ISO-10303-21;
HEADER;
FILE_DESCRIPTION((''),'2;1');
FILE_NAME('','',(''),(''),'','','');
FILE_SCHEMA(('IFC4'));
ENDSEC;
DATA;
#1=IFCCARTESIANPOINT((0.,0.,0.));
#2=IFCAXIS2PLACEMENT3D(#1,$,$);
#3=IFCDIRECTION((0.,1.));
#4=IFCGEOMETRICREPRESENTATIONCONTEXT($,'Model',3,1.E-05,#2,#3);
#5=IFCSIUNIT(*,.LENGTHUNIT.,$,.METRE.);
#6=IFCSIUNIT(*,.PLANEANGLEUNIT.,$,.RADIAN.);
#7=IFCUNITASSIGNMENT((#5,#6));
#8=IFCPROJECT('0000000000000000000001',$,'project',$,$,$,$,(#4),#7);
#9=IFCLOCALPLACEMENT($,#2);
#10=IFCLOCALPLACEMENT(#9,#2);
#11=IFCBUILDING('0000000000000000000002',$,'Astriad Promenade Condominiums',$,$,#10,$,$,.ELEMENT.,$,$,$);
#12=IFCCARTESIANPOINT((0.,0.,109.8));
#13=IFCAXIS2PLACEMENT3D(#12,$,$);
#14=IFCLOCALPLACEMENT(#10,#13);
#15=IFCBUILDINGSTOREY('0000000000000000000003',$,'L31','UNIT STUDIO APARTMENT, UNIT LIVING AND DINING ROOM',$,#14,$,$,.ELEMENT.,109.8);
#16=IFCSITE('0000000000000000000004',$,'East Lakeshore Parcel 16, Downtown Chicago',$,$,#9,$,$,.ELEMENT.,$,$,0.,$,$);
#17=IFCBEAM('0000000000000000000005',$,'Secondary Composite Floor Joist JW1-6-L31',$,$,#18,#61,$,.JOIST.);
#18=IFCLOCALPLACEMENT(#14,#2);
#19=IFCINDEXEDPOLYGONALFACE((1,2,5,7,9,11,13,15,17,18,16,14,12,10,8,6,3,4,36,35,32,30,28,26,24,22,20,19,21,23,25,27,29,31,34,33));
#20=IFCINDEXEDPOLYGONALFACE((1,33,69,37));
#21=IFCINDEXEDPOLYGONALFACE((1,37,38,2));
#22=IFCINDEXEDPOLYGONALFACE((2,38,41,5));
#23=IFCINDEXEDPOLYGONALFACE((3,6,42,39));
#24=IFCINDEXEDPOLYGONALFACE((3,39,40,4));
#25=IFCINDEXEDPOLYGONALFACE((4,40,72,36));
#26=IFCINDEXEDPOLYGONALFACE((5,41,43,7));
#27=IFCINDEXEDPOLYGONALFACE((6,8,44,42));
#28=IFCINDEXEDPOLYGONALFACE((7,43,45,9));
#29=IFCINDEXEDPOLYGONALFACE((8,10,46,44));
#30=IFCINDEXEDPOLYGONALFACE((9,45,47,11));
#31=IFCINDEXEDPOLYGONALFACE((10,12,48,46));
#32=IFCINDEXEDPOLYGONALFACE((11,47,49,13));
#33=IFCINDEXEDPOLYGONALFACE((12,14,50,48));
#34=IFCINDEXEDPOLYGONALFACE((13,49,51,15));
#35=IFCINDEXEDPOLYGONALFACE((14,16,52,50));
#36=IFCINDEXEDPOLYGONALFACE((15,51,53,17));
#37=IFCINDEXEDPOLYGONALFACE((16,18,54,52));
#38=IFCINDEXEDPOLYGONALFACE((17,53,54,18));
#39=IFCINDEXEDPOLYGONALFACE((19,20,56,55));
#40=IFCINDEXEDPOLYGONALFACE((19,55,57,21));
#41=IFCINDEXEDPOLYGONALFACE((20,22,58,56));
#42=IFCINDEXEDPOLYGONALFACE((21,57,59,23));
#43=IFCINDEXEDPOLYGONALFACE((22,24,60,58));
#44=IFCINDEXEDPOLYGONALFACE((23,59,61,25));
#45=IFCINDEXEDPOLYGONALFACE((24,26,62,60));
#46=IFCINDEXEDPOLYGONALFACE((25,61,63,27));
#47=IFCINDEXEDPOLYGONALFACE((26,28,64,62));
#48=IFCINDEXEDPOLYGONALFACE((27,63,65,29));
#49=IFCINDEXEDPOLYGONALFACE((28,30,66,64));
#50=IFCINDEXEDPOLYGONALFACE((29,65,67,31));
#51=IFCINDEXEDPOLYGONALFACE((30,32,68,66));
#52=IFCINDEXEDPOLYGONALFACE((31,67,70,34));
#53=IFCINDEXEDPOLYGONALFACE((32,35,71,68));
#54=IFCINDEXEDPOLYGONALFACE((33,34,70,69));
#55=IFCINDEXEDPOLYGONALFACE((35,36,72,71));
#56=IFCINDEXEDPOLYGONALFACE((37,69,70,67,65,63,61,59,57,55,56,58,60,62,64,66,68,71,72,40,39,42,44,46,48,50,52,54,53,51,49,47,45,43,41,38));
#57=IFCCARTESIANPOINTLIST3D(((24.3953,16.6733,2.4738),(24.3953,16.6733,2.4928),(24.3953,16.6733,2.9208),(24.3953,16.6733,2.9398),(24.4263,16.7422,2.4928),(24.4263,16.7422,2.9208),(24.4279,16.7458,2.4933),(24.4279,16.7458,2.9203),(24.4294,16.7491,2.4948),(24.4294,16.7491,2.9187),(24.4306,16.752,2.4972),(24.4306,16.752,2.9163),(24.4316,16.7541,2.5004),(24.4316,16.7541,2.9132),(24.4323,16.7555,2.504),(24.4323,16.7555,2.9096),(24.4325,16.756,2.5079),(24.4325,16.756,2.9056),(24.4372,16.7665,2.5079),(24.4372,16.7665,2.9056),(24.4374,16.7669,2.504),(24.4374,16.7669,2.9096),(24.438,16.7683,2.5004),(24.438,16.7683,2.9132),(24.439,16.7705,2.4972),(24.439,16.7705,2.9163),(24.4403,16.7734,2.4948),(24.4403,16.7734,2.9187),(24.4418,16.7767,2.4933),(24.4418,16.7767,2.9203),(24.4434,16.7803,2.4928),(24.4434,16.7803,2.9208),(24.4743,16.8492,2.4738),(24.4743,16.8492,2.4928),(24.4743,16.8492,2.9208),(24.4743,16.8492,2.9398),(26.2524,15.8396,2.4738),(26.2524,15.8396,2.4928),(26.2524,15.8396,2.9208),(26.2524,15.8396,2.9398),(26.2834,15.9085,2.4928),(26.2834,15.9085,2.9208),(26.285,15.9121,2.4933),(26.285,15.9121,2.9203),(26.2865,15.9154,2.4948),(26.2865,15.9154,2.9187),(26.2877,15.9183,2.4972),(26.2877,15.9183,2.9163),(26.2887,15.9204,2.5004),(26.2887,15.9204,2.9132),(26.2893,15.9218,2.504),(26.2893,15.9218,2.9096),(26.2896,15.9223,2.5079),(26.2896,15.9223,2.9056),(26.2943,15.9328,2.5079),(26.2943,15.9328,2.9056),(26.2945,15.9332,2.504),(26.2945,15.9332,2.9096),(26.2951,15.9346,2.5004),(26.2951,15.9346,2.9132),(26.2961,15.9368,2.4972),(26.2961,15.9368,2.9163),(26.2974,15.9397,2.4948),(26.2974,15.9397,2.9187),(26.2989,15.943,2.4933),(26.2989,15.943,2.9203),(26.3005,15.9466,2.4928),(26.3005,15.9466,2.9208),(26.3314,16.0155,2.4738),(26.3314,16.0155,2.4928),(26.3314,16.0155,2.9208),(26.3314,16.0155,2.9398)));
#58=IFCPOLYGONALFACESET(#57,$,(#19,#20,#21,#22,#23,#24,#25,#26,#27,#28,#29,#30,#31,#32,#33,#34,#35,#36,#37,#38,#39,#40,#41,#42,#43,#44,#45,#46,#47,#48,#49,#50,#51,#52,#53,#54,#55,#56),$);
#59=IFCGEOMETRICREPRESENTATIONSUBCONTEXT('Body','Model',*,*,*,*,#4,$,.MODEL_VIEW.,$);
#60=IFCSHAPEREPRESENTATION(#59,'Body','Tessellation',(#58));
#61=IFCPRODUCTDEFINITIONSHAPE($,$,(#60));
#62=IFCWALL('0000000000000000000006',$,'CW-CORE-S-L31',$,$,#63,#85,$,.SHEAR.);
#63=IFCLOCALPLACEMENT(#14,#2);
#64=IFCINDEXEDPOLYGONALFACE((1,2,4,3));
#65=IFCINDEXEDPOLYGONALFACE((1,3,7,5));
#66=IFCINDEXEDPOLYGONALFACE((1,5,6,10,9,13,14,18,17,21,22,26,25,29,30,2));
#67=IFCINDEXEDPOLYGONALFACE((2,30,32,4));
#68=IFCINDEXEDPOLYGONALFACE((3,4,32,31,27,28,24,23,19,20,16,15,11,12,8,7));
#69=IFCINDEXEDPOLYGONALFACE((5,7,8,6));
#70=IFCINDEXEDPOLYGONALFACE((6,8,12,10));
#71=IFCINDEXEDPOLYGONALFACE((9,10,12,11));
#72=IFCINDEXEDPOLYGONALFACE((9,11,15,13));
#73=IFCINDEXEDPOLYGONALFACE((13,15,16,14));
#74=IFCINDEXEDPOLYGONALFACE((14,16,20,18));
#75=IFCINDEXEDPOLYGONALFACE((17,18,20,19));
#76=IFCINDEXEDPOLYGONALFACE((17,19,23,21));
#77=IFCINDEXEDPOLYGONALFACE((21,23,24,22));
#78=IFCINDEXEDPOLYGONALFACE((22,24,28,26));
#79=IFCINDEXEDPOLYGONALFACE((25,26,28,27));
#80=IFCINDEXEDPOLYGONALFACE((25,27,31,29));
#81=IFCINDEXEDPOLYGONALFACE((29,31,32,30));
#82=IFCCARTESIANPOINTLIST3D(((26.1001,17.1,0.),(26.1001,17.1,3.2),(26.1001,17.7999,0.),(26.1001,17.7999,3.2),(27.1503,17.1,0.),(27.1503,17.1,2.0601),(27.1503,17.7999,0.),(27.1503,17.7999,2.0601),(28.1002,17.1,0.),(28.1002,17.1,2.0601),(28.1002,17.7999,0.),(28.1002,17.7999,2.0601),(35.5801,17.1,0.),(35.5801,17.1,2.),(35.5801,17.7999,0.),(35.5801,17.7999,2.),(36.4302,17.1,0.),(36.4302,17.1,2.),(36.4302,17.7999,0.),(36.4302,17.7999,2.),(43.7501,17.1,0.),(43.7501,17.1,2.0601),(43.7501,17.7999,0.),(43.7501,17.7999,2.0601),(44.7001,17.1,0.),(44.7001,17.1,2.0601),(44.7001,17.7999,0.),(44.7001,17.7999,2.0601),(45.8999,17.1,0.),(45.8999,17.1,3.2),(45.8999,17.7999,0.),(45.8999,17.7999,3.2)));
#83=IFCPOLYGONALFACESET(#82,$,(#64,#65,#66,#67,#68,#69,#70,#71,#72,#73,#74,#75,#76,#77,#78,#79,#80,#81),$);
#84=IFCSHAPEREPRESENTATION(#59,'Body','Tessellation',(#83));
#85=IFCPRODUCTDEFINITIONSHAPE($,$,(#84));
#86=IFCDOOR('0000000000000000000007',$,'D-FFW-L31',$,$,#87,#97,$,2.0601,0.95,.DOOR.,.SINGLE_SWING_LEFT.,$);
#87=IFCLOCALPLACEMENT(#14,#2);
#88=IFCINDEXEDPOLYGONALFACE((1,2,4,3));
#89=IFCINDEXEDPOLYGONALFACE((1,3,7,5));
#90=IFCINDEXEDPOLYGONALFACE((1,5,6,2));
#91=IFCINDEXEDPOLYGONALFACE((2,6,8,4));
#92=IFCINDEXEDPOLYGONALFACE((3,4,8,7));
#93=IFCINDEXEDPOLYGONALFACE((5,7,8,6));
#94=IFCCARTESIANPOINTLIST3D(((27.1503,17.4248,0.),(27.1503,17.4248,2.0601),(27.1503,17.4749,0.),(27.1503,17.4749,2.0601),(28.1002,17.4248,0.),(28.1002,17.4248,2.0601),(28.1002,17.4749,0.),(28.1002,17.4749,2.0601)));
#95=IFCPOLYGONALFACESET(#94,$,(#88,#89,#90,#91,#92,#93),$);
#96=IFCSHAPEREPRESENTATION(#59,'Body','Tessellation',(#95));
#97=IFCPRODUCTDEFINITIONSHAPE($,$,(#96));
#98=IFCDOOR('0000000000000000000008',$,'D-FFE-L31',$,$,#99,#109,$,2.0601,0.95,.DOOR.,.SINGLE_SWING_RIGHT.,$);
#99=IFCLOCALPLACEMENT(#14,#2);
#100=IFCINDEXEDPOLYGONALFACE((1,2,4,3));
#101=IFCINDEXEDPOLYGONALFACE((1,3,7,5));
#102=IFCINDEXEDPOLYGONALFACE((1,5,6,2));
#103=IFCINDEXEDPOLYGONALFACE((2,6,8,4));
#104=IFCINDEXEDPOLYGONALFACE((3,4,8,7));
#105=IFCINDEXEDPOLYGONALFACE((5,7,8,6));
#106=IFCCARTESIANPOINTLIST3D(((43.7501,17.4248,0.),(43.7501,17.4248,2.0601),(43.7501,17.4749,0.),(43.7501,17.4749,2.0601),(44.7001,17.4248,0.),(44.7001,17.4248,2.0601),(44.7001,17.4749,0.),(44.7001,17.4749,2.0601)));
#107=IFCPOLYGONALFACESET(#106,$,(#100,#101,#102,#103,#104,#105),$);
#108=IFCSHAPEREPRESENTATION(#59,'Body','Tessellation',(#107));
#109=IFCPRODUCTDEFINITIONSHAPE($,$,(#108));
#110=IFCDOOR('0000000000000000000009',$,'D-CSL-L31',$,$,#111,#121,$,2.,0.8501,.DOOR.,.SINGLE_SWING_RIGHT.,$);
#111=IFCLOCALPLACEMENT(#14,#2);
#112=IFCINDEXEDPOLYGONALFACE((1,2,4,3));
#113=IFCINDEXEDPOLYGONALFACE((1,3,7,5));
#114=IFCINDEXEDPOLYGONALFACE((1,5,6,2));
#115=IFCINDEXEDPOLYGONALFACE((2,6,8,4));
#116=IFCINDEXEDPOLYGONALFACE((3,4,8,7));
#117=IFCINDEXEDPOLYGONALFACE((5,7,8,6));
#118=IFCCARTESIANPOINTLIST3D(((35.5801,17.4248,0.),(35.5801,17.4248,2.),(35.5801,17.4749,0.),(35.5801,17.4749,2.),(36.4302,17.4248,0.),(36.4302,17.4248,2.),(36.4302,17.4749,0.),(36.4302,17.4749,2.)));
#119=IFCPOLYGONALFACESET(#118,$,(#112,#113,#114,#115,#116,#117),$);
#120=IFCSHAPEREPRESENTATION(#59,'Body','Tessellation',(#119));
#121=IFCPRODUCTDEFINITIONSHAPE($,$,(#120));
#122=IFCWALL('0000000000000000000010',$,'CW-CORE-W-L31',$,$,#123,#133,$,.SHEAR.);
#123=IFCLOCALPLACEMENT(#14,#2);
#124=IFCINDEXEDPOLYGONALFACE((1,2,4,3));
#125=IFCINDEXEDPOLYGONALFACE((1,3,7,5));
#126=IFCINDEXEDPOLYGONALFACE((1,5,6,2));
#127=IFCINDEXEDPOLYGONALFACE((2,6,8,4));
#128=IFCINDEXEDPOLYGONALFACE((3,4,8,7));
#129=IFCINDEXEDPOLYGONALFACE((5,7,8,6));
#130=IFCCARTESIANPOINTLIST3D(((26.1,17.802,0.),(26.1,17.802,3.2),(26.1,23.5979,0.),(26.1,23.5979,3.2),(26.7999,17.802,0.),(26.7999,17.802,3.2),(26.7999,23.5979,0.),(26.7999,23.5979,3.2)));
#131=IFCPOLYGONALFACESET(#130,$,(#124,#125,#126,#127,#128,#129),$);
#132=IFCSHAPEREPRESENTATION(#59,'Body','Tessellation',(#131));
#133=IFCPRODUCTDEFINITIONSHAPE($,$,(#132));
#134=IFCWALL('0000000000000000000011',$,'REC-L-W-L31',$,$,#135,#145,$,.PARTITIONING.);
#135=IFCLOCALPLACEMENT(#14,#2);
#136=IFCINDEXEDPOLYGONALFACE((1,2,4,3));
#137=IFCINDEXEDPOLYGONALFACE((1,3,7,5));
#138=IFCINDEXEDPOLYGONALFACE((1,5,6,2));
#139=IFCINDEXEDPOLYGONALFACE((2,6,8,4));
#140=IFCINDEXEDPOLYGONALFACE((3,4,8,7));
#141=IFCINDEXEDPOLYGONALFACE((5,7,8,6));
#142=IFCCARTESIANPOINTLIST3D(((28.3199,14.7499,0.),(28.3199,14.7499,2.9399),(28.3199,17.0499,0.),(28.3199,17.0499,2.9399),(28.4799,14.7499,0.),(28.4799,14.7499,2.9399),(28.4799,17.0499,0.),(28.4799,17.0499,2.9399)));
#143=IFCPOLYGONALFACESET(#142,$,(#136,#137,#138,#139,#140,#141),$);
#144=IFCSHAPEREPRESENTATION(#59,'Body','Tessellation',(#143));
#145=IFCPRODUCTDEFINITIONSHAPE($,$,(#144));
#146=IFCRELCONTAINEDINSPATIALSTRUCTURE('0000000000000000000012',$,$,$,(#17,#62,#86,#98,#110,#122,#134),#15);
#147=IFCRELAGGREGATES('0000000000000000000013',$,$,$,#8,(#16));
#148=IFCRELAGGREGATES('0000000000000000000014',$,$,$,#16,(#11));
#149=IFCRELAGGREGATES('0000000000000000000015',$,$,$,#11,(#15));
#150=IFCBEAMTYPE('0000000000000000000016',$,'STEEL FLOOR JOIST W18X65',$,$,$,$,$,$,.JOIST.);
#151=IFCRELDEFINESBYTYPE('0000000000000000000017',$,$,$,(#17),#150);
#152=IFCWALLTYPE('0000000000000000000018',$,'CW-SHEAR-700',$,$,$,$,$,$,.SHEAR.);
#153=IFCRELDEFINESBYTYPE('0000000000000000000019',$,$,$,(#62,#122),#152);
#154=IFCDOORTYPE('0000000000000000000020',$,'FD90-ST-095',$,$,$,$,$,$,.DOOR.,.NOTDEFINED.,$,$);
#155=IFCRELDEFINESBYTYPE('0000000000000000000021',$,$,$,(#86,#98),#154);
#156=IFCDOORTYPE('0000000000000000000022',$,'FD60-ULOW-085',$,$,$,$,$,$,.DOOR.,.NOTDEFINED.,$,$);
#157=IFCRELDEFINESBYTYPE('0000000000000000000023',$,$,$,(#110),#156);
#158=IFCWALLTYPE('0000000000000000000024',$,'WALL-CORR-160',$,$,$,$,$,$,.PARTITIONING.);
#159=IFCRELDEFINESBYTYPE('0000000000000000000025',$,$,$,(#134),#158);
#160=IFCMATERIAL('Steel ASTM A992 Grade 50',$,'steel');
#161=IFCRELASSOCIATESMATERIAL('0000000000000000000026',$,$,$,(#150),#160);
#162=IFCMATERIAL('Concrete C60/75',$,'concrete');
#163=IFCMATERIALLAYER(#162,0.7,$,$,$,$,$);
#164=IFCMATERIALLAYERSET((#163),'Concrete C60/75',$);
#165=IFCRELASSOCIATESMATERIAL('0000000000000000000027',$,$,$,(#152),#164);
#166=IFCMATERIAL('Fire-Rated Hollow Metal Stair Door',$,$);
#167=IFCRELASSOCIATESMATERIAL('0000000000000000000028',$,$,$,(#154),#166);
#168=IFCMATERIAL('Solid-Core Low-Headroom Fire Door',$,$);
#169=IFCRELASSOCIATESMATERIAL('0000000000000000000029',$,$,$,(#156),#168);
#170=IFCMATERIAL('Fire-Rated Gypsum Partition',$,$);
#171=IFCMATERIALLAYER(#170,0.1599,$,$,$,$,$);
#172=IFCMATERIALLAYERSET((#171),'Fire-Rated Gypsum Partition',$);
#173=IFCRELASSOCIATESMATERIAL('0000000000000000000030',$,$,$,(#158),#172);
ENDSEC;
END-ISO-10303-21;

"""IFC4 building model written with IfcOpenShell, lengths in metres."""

from ifc_helpers import new_model, si_unit, direction, frame, frame_2d, origin, origin_2d, place, context, subcontext, project, spatial, rectangle, i_section, extrude, source, transform, mapped, material, layer, layer_set, material_profile, profile_set, type_object, type_shapes, element, fill, save


model = new_model("IFC4")

# Units and contexts
model_context = context("Model", 3, precision=1e-05, world=origin(), true_north=direction((0.0, 1.0)))
body_context = subcontext(model_context, "Body", "Model", "MODEL_VIEW")
ifc_project = project(units=[si_unit("LENGTHUNIT", "METRE"), si_unit("PLANEANGLEUNIT", "RADIAN")], contexts=[model_context])

# Site, building, storey
site_placement = place(None, origin())
site = spatial("IfcSite", under=ifc_project, at=site_placement, Name="East Lakeshore Parcel 16, Downtown Chicago", CompositionType="ELEMENT", RefElevation=0.0)
building_placement = place(site_placement, origin())
building = spatial("IfcBuilding", under=site, at=building_placement, Name="Astriad Promenade Condominiums", CompositionType="ELEMENT")
storey_placement = place(building_placement, frame((0.0, 0.0, 109.8)))
storey = spatial("IfcBuildingStorey", under=building, at=storey_placement, Name="L31", Description="UNIT STUDIO APARTMENT, UNIT LIVING AND DINING ROOM", CompositionType="ELEMENT", Elevation=109.8)

# Shared definitions
ifc_material_1 = material(Name="Steel ASTM A992 Grade 50", Category="steel")
ifc_material_2 = material(Name="Concrete C60/75", Category="concrete")

# Beam
ifc_material_profile_1 = material_profile(ifc_material_1, i_section(OverallWidth=0.1929, OverallDepth=0.4661, WebThickness=0.0115, FlangeThickness=0.019, FilletRadius=0.0151, at=origin_2d()), Name="W18X65")
ifc_profile_set_1 = profile_set([ifc_material_profile_1], Name="Steel ASTM A992 Grade 50")
beam_type_1 = type_object("IfcBeamType", Name="STEEL FLOOR JOIST W18X65", PredefinedType="JOIST", material=ifc_profile_set_1)
shared_shape_1 = source(origin(), body_context, "Body", "SweptSolid", [
    extrude(i_section(OverallWidth=0.1929, OverallDepth=0.4661, WebThickness=0.0115, FlangeThickness=0.019, FilletRadius=0.0151, at=origin_2d()), origin(), (0.0, 0.0, 1.0), 2.0356),
])
beam_1_placement = place(storey_placement, frame((24.4348, 16.7612, 2.7068), z_axis=(0.912287, -0.409552, 0.0), x_axis=(0.409552, 0.912287, 0.0)))
element("IfcBeam", 1, at=beam_1_placement, inside=storey, type_object=beam_type_1, Name="Secondary Composite Floor Joist JW1-6-L31", PredefinedType="JOIST", context=body_context, shape_type="MappedRepresentation", body=[
    mapped(shared_shape_1, transform((0.0, 0.0, 0.0), scale=1.0)),
])

# Wall, openings, doors
ifc_layer_1 = layer(ifc_material_2, 0.7)
ifc_layer_set_1 = layer_set([ifc_layer_1], Name="Concrete C60/75")
wall_type_1 = type_object("IfcWallType", Name="CW-SHEAR-700", PredefinedType="SHEAR", material=ifc_layer_set_1)
wall_1_placement = place(storey_placement, frame((26.1001, 17.45, 0.0), z_axis=(0.0, 0.0, 1.0), x_axis=(1.0, 0.0, 0.0)))
wall_1 = element("IfcWall", 2, at=wall_1_placement, inside=storey, type_object=wall_type_1, Name="CW-CORE-S-L31", PredefinedType="SHEAR", context=body_context, shape_type="SweptSolid", body=[
    extrude(rectangle(XDim=19.7998, YDim=0.7, at=frame_2d((9.8999, 0.0))), origin(), (0.0, 0.0, 1.0), 3.2),
])
opening_1_placement = place(wall_1_placement, frame((1.05, 0.0, 0.0)))
opening_1 = element("IfcOpeningElement", 3, at=opening_1_placement, cuts=wall_1, PredefinedType="OPENING", context=body_context, shape_type="SweptSolid", body=[
    extrude(rectangle(XDim=0.95, YDim=2.0601, at=frame_2d((0.4751, 1.03))), frame((0.0, 0.3599, 0.0), z_axis=(0.0, -1.0, 0.0), x_axis=(1.0, 0.0, 0.0)), (0.0, 0.0, 1.0), 0.72),
])
opening_2_placement = place(wall_1_placement, frame((9.48, 0.0, 0.0)))
opening_2 = element("IfcOpeningElement", 4, at=opening_2_placement, cuts=wall_1, PredefinedType="OPENING", context=body_context, shape_type="SweptSolid", body=[
    extrude(rectangle(XDim=0.8501, YDim=2.0, at=frame_2d((0.425, 1.0))), frame((0.0, 0.3599, 0.0), z_axis=(0.0, -1.0, 0.0), x_axis=(1.0, 0.0, 0.0)), (0.0, 0.0, 1.0), 0.72),
])
opening_3_placement = place(wall_1_placement, frame((17.6499, 0.0, 0.0)))
opening_3 = element("IfcOpeningElement", 5, at=opening_3_placement, cuts=wall_1, PredefinedType="OPENING", context=body_context, shape_type="SweptSolid", body=[
    extrude(rectangle(XDim=0.95, YDim=2.0601, at=frame_2d((0.4751, 1.03))), frame((0.0, 0.3599, 0.0), z_axis=(0.0, -1.0, 0.0), x_axis=(1.0, 0.0, 0.0)), (0.0, 0.0, 1.0), 0.72),
])
ifc_material_3 = material(Name="Fire-Rated Hollow Metal Stair Door")
door_type_1 = type_object("IfcDoorType", Name="FD90-ST-095", OperationType="NOTDEFINED", PredefinedType="DOOR", material=ifc_material_3)
shared_shape_2 = source(origin(), body_context, "Body", "SweptSolid", [
    extrude(rectangle(XDim=0.95, YDim=2.0601, at=frame_2d((0.4751, 1.03))), frame((0.0, 0.0249, 0.0), z_axis=(0.0, -1.0, 0.0), x_axis=(1.0, 0.0, 0.0)), (0.0, 0.0, 1.0), 0.05),
])
type_shapes(door_type_1, [shared_shape_2])
door_1_placement = place(opening_1_placement, origin())
door_1 = element("IfcDoor", 6, at=door_1_placement, inside=storey, type_object=door_type_1, Name="D-FFW-L31", OperationType="SINGLE_SWING_LEFT", OverallHeight=2.0601, OverallWidth=0.95, PredefinedType="DOOR", context=body_context, shape_type="MappedRepresentation", body=[
    mapped(shared_shape_2, transform((0.0, 0.0, 0.0), scale=1.0)),
])
fill(opening_1, door_1)
door_2_placement = place(opening_3_placement, origin())
door_2 = element("IfcDoor", 7, at=door_2_placement, inside=storey, type_object=door_type_1, Name="D-FFE-L31", OperationType="SINGLE_SWING_RIGHT", OverallHeight=2.0601, OverallWidth=0.95, PredefinedType="DOOR", context=body_context, shape_type="MappedRepresentation", body=[
    mapped(shared_shape_2, transform((0.0, 0.0, 0.0), scale=1.0)),
])
fill(opening_3, door_2)
ifc_material_4 = material(Name="Solid-Core Low-Headroom Fire Door")
door_type_2 = type_object("IfcDoorType", Name="FD60-ULOW-085", OperationType="NOTDEFINED", PredefinedType="DOOR", material=ifc_material_4)
shared_shape_3 = source(origin(), body_context, "Body", "SweptSolid", [
    extrude(rectangle(XDim=0.8501, YDim=2.0, at=frame_2d((0.425, 1.0))), frame((0.0, 0.0249, 0.0), z_axis=(0.0, -1.0, 0.0), x_axis=(1.0, 0.0, 0.0)), (0.0, 0.0, 1.0), 0.05),
])
type_shapes(door_type_2, [shared_shape_3])
door_3_placement = place(opening_2_placement, origin())
door_3 = element("IfcDoor", 8, at=door_3_placement, inside=storey, type_object=door_type_2, Name="D-CSL-L31", OperationType="SINGLE_SWING_RIGHT", OverallHeight=2.0, OverallWidth=0.8501, PredefinedType="DOOR", context=body_context, shape_type="MappedRepresentation", body=[
    mapped(shared_shape_3, transform((0.0, 0.0, 0.0), scale=1.0)),
])
fill(opening_2, door_3)

# Walls
wall_2_placement = place(storey_placement, frame((26.45, 17.802, 0.0), z_axis=(0.0, 0.0, 1.0), x_axis=(0.0, 1.0, 0.0)))
element("IfcWall", 9, at=wall_2_placement, inside=storey, type_object=wall_type_1, Name="CW-CORE-W-L31", PredefinedType="SHEAR", context=body_context, shape_type="SweptSolid", body=[
    extrude(rectangle(XDim=5.7959, YDim=0.7, at=frame_2d((2.8979, 0.0))), origin(), (0.0, 0.0, 1.0), 3.2),
])
ifc_material_5 = material(Name="Fire-Rated Gypsum Partition")
ifc_layer_2 = layer(ifc_material_5, 0.1599)
ifc_layer_set_2 = layer_set([ifc_layer_2], Name="Fire-Rated Gypsum Partition")
wall_type_2 = type_object("IfcWallType", Name="WALL-CORR-160", PredefinedType="PARTITIONING", material=ifc_layer_set_2)
wall_3_placement = place(storey_placement, frame((28.3999, 14.75, 0.0), z_axis=(0.0, 0.0, 1.0), x_axis=(0.0, 1.0, 0.0)))
element("IfcWall", 10, at=wall_3_placement, inside=storey, type_object=wall_type_2, Name="REC-L-W-L31", PredefinedType="PARTITIONING", context=body_context, shape_type="SweptSolid", body=[
    extrude(rectangle(XDim=2.3, YDim=0.1599, at=frame_2d((1.1499, 0.0))), origin(), (0.0, 0.0, 1.0), 2.9399),
])

save(model, "model.ifc")
